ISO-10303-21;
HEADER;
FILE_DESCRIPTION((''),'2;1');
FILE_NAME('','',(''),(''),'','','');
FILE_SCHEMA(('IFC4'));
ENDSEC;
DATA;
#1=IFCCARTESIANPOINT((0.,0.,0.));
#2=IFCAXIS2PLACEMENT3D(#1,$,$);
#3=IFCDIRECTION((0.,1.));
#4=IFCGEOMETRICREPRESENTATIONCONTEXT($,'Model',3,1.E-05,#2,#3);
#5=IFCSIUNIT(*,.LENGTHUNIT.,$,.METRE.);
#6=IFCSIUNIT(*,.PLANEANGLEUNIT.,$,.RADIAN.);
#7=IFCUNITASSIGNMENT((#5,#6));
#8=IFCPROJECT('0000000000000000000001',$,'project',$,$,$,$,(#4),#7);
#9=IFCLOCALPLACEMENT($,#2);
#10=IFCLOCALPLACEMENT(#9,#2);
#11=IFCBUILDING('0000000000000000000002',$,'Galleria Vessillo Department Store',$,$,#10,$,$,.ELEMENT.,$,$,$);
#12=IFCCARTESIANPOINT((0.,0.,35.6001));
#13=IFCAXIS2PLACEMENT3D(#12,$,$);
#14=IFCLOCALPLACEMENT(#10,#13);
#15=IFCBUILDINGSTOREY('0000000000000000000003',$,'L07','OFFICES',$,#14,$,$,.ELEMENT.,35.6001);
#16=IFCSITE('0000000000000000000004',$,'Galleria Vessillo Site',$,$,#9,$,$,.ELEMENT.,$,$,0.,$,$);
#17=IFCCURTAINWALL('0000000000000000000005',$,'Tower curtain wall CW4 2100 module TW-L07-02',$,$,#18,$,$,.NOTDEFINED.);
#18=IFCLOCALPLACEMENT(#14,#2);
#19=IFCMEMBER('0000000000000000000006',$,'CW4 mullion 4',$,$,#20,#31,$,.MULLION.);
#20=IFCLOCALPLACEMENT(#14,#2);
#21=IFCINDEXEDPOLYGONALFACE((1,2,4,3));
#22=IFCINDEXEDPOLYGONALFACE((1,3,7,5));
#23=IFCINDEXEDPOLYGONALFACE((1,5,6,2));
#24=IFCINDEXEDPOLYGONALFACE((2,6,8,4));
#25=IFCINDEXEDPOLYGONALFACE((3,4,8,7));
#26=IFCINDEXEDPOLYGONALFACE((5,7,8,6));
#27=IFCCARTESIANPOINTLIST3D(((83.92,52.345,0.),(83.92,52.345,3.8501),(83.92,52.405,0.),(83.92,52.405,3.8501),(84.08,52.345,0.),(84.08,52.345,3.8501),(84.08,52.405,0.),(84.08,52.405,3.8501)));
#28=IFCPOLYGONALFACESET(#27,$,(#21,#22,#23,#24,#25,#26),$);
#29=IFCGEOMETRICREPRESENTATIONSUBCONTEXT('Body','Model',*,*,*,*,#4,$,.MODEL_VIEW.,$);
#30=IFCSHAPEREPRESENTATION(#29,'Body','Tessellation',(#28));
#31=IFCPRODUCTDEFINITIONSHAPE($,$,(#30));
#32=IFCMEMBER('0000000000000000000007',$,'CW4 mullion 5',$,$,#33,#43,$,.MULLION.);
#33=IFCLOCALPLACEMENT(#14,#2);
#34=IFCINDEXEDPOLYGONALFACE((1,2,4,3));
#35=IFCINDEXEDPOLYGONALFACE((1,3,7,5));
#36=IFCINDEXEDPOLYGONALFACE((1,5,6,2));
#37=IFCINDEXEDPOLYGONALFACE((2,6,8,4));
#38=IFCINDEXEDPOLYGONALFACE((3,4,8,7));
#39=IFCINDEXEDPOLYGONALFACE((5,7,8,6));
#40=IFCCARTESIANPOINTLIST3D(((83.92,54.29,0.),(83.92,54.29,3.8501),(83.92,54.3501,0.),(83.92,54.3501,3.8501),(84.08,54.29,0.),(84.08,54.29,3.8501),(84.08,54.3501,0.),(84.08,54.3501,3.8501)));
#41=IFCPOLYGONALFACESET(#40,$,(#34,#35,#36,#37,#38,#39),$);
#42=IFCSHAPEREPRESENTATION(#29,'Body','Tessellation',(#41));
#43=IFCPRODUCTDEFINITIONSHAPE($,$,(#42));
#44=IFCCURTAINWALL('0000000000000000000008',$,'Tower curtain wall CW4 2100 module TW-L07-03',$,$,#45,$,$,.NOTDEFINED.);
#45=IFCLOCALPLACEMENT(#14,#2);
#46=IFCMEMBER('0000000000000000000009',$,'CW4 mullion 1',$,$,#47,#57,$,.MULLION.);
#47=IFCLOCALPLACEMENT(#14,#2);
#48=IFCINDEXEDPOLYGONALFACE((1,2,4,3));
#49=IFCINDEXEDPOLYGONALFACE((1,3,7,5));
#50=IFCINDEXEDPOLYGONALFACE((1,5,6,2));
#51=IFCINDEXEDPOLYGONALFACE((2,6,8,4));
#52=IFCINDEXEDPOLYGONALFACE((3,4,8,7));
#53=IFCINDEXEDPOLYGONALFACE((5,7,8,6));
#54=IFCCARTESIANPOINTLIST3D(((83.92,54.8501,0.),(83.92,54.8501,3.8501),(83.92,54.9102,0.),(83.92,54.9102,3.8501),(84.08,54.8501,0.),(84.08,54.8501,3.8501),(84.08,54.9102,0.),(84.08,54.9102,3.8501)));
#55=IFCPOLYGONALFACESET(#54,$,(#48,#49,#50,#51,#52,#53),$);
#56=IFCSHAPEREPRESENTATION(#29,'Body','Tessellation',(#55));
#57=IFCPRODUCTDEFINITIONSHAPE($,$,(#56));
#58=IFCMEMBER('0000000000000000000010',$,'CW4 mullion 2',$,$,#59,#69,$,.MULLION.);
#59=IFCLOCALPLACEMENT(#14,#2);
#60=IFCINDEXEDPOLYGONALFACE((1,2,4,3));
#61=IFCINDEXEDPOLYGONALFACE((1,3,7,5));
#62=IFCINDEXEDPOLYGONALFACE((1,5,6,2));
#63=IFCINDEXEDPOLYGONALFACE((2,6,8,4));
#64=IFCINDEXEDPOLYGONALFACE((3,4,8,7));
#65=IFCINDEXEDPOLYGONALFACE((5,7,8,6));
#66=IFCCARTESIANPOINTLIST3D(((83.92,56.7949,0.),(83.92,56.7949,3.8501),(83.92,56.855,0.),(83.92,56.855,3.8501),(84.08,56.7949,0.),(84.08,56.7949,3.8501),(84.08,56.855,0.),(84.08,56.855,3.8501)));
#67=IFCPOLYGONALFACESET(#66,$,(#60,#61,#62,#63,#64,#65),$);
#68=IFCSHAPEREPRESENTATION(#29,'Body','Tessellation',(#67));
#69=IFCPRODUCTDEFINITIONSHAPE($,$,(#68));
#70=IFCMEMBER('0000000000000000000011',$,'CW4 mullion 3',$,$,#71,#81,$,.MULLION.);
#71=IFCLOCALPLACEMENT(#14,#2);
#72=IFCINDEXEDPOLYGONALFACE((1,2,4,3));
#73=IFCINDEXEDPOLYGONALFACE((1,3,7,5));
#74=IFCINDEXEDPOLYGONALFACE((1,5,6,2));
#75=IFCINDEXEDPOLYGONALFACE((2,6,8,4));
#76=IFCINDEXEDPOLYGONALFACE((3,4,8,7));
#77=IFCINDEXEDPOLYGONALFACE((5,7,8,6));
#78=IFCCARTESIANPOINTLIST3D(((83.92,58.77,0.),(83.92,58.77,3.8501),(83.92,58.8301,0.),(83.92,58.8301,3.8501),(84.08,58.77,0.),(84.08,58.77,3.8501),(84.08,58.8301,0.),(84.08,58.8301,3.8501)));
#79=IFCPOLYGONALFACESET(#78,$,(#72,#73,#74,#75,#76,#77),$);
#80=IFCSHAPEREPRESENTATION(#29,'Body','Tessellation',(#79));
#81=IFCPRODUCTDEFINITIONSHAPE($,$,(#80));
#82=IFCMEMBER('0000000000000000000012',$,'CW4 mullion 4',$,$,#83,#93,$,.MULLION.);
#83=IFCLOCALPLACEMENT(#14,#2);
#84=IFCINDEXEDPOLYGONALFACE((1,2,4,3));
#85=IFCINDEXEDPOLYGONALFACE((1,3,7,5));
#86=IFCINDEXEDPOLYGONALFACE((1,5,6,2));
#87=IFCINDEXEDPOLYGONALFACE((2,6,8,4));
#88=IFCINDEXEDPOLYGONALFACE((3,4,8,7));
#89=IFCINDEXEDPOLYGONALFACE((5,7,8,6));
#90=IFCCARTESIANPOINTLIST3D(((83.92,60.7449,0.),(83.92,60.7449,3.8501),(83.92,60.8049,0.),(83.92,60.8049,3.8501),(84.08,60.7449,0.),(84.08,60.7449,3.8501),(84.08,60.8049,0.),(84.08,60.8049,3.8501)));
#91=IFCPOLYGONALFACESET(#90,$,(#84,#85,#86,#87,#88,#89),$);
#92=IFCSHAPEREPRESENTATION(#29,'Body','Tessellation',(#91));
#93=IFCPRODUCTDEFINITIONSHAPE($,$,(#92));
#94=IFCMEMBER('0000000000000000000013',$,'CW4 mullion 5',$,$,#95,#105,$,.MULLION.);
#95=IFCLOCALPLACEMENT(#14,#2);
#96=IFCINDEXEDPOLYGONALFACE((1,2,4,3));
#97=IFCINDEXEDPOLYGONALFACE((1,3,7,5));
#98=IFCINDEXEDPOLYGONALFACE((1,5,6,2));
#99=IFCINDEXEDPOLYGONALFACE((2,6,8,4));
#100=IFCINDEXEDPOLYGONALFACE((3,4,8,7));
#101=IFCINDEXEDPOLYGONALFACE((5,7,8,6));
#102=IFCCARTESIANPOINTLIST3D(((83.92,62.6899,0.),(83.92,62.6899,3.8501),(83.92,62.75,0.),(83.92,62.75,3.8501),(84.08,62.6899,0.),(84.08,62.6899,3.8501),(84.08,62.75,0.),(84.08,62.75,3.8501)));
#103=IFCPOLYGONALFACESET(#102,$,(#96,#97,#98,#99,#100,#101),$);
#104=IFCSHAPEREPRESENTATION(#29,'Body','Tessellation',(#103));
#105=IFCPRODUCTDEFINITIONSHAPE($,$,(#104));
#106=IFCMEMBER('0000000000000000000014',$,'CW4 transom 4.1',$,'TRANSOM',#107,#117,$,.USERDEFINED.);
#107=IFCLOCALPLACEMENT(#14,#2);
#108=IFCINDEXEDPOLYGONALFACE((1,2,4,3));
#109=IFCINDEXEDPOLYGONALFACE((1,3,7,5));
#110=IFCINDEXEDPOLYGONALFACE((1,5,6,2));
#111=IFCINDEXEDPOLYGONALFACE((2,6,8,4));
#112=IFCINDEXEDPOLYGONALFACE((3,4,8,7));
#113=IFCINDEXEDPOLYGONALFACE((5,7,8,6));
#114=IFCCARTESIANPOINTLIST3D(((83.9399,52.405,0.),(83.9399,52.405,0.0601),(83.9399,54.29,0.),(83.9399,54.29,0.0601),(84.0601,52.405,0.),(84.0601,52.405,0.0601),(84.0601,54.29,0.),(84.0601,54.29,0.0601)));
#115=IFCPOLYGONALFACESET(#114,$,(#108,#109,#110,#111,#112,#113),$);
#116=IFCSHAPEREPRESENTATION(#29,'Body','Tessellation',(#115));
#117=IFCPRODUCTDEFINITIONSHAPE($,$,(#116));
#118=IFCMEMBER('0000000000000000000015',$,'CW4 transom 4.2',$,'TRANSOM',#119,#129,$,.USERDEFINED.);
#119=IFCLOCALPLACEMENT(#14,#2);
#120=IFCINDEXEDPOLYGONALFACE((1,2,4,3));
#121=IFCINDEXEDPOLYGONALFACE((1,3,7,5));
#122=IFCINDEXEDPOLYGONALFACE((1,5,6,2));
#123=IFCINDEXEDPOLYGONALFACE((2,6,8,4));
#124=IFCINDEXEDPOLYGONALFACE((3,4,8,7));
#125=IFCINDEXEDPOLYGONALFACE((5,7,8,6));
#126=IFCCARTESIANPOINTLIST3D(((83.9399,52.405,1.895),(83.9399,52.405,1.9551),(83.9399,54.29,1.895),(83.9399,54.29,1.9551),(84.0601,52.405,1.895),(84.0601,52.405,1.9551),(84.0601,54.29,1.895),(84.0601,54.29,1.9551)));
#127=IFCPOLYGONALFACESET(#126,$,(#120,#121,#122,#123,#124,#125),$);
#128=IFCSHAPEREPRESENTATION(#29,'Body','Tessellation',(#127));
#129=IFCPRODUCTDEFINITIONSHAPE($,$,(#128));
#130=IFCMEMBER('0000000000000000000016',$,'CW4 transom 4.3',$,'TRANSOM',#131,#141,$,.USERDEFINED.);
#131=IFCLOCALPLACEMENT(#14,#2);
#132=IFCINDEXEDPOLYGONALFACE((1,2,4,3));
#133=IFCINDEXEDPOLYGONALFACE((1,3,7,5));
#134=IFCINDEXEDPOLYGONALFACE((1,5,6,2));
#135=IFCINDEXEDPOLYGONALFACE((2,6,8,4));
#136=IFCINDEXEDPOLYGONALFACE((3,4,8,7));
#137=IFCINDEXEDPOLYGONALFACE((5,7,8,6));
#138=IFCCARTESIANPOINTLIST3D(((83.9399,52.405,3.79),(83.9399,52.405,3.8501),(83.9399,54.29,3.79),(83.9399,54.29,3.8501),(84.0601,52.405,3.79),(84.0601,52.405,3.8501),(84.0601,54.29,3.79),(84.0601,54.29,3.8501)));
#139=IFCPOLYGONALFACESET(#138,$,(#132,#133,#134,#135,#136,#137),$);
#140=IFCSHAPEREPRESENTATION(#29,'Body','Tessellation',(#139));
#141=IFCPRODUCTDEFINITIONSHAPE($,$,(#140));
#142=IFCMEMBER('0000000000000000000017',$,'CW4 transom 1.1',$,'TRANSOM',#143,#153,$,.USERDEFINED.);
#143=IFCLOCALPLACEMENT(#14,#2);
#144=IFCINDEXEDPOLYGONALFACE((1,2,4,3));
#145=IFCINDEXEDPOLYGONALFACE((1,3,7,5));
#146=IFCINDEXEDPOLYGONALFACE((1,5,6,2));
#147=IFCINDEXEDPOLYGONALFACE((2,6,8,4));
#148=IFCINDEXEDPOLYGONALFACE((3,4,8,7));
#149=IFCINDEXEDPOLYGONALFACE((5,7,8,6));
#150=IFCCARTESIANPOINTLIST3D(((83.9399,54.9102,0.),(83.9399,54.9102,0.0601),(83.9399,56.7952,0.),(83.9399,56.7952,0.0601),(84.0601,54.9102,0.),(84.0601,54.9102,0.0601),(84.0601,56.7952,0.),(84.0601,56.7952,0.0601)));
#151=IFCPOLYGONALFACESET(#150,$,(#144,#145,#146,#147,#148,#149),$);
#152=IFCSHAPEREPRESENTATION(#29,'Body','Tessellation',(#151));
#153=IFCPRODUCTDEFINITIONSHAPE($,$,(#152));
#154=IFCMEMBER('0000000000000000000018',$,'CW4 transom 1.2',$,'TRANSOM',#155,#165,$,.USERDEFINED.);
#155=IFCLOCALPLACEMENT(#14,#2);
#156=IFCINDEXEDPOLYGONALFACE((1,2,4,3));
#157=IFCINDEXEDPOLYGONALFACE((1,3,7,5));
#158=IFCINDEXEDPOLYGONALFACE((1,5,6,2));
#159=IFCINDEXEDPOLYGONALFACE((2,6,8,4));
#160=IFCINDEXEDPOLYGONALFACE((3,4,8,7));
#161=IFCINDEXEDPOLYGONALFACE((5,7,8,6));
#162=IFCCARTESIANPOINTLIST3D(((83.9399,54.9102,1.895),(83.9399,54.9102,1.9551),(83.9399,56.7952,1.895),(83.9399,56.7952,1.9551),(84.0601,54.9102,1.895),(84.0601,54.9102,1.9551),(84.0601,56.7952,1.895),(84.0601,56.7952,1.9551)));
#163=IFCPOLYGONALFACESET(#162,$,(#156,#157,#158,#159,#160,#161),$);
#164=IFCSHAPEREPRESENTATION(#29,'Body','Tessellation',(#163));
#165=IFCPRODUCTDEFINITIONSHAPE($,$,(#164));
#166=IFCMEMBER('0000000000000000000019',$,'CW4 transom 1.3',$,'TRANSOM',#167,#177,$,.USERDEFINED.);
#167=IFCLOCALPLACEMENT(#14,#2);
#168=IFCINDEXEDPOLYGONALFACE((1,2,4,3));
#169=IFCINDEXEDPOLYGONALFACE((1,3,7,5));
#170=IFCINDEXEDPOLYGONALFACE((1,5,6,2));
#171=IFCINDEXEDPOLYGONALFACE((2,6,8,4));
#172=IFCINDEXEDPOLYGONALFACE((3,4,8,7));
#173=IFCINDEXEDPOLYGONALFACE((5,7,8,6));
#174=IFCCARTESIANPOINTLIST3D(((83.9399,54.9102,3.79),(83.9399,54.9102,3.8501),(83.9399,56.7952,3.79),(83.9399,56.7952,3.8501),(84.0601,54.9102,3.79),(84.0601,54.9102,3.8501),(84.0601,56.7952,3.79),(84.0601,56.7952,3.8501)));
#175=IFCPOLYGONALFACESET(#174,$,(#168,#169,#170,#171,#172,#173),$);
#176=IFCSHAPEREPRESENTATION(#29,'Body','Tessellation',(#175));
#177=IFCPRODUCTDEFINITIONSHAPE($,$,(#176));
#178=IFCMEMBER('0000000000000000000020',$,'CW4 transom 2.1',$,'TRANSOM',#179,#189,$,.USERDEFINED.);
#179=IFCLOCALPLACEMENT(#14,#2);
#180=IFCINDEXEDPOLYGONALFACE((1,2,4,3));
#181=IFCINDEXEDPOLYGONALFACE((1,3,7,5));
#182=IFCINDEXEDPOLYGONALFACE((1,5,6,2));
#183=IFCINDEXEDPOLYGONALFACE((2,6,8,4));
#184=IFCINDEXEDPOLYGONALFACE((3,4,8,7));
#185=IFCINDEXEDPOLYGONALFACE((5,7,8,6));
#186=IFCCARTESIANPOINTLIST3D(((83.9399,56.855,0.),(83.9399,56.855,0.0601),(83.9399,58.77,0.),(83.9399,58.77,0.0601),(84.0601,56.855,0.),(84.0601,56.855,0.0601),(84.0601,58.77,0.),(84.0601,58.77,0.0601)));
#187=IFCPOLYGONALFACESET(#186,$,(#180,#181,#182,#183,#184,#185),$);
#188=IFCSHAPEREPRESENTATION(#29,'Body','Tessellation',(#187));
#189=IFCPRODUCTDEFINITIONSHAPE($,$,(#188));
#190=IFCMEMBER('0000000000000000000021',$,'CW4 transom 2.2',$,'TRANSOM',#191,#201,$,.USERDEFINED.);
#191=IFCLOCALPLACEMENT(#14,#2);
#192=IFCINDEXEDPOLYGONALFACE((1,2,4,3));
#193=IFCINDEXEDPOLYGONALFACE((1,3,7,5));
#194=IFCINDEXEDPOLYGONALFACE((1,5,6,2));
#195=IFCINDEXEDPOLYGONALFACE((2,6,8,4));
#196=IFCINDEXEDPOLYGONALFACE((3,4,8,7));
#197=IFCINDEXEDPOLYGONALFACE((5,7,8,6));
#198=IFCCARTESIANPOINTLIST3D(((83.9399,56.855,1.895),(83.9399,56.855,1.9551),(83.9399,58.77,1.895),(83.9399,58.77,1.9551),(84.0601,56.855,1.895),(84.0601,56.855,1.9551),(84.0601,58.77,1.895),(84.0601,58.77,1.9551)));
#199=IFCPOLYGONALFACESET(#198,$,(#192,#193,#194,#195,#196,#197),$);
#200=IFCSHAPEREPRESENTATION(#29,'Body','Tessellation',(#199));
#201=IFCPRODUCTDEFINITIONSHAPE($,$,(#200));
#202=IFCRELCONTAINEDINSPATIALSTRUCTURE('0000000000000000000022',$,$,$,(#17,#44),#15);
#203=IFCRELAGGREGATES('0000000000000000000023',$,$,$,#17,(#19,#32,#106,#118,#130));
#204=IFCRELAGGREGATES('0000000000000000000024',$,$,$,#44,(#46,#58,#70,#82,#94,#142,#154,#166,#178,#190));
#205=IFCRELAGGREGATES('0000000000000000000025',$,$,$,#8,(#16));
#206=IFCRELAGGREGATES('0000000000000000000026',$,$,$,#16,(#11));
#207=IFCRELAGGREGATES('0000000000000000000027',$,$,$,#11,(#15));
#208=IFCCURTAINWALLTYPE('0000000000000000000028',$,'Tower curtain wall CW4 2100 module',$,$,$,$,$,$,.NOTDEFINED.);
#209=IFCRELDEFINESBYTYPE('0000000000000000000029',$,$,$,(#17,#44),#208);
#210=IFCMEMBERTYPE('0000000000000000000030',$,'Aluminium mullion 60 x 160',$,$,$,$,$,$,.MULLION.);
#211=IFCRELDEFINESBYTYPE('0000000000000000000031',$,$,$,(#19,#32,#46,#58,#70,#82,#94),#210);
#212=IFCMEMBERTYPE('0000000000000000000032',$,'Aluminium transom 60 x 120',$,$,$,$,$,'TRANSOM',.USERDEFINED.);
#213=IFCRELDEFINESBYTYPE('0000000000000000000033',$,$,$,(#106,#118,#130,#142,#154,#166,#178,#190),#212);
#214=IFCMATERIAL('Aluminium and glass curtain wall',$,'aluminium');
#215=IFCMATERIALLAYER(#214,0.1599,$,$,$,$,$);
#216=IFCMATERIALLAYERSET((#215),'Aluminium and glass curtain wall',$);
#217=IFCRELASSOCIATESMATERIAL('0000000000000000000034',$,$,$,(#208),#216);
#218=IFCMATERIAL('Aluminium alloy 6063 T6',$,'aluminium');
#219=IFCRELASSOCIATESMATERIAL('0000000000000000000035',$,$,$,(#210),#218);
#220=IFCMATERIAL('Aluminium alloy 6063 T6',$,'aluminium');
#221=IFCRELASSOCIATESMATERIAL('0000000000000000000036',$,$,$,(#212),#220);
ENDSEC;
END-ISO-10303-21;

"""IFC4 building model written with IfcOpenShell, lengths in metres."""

from ifc_helpers import new_model, si_unit, direction, frame, origin, origin_2d, place, context, subcontext, project, spatial, rectangle, extrude, material, layer, layer_set, material_profile, profile_set, type_object, element, aggregate, save


model = new_model("IFC4")

# Units and contexts
model_context = context("Model", 3, precision=1e-05, world=origin(), true_north=direction((0.0, 1.0)))
body_context = subcontext(model_context, "Body", "Model", "MODEL_VIEW")
ifc_project = project(units=[si_unit("LENGTHUNIT", "METRE"), si_unit("PLANEANGLEUNIT", "RADIAN")], contexts=[model_context])

# Site, building, storey
site_placement = place(None, origin())
site = spatial("IfcSite", under=ifc_project, at=site_placement, Name="Galleria Vessillo Site", CompositionType="ELEMENT", RefElevation=0.0)
building_placement = place(site_placement, origin())
building = spatial("IfcBuilding", under=site, at=building_placement, Name="Galleria Vessillo Department Store", CompositionType="ELEMENT")
storey_placement = place(building_placement, frame((0.0, 0.0, 35.6001)))
storey = spatial("IfcBuildingStorey", under=building, at=storey_placement, Name="L07", Description="OFFICES", CompositionType="ELEMENT", Elevation=35.6001)

# Curtain walls, members
ifc_material_1 = material(Name="Aluminium and glass curtain wall", Category="aluminium")
ifc_layer_1 = layer(ifc_material_1, 0.1599)
ifc_layer_set_1 = layer_set([ifc_layer_1], Name="Aluminium and glass curtain wall")
curtain_wall_type = type_object("IfcCurtainWallType", Name="Tower curtain wall CW4 2100 module", PredefinedType="NOTDEFINED", material=ifc_layer_set_1)
curtain_wall_1_placement = place(storey_placement, origin())
curtain_wall_1 = element("IfcCurtainWall", 1, at=curtain_wall_1_placement, inside=storey, type_object=curtain_wall_type, Name="Tower curtain wall CW4 2100 module TW-L07-02", PredefinedType="NOTDEFINED")
ifc_material_2 = material(Name="Aluminium alloy 6063 T6", Category="aluminium")
ifc_material_profile_1 = material_profile(ifc_material_2, rectangle(XDim=0.1599, YDim=0.0601, at=origin_2d()), Name="AL 60x160")
ifc_profile_set_1 = profile_set([ifc_material_profile_1], Name="Aluminium alloy 6063 T6")
member_type_1 = type_object("IfcMemberType", Name="Aluminium mullion 60 x 160", PredefinedType="MULLION", material=ifc_profile_set_1)
member_1_placement = place(storey_placement, frame((84.0, 52.375, 0.0), z_axis=(0.0, 0.0, 1.0), x_axis=(-1.0, 0.0, 0.0)))
member_1 = element("IfcMember", 2, at=member_1_placement, type_object=member_type_1, Name="CW4 mullion 4", PredefinedType="MULLION", context=body_context, shape_type="SweptSolid", body=[
    extrude(rectangle(XDim=0.1599, YDim=0.0601, at=origin_2d()), origin(), (0.0, 0.0, 1.0), 3.8501),
])
member_2_placement = place(storey_placement, frame((84.0, 54.3201, 0.0), z_axis=(0.0, 0.0, 1.0), x_axis=(-1.0, 0.0, 0.0)))
member_2 = element("IfcMember", 3, at=member_2_placement, type_object=member_type_1, Name="CW4 mullion 5", PredefinedType="MULLION", context=body_context, shape_type="SweptSolid", body=[
    extrude(rectangle(XDim=0.1599, YDim=0.0601, at=origin_2d()), origin(), (0.0, 0.0, 1.0), 3.8501),
])
curtain_wall_2_placement = place(storey_placement, origin())
curtain_wall_2 = element("IfcCurtainWall", 4, at=curtain_wall_2_placement, inside=storey, type_object=curtain_wall_type, Name="Tower curtain wall CW4 2100 module TW-L07-03", PredefinedType="NOTDEFINED")
member_3_placement = place(storey_placement, frame((84.0, 54.8801, 0.0), z_axis=(0.0, 0.0, 1.0), x_axis=(-1.0, 0.0, 0.0)))
member_3 = element("IfcMember", 5, at=member_3_placement, type_object=member_type_1, Name="CW4 mullion 1", PredefinedType="MULLION", context=body_context, shape_type="SweptSolid", body=[
    extrude(rectangle(XDim=0.1599, YDim=0.0601, at=origin_2d()), origin(), (0.0, 0.0, 1.0), 3.8501),
])
member_4_placement = place(storey_placement, frame((84.0, 56.825, 0.0), z_axis=(0.0, 0.0, 1.0), x_axis=(-1.0, 0.0, 0.0)))
member_4 = element("IfcMember", 6, at=member_4_placement, type_object=member_type_1, Name="CW4 mullion 2", PredefinedType="MULLION", context=body_context, shape_type="SweptSolid", body=[
    extrude(rectangle(XDim=0.1599, YDim=0.0601, at=origin_2d()), origin(), (0.0, 0.0, 1.0), 3.8501),
])
member_5_placement = place(storey_placement, frame((84.0, 58.8, 0.0), z_axis=(0.0, 0.0, 1.0), x_axis=(-1.0, 0.0, 0.0)))
member_5 = element("IfcMember", 7, at=member_5_placement, type_object=member_type_1, Name="CW4 mullion 3", PredefinedType="MULLION", context=body_context, shape_type="SweptSolid", body=[
    extrude(rectangle(XDim=0.1599, YDim=0.0601, at=origin_2d()), origin(), (0.0, 0.0, 1.0), 3.8501),
])
member_6_placement = place(storey_placement, frame((84.0, 60.7749, 0.0), z_axis=(0.0, 0.0, 1.0), x_axis=(-1.0, 0.0, 0.0)))
member_6 = element("IfcMember", 8, at=member_6_placement, type_object=member_type_1, Name="CW4 mullion 4", PredefinedType="MULLION", context=body_context, shape_type="SweptSolid", body=[
    extrude(rectangle(XDim=0.1599, YDim=0.0601, at=origin_2d()), origin(), (0.0, 0.0, 1.0), 3.8501),
])
member_7_placement = place(storey_placement, frame((84.0, 62.72, 0.0), z_axis=(0.0, 0.0, 1.0), x_axis=(-1.0, 0.0, 0.0)))
member_7 = element("IfcMember", 9, at=member_7_placement, type_object=member_type_1, Name="CW4 mullion 5", PredefinedType="MULLION", context=body_context, shape_type="SweptSolid", body=[
    extrude(rectangle(XDim=0.1599, YDim=0.0601, at=origin_2d()), origin(), (0.0, 0.0, 1.0), 3.8501),
])

# Members
ifc_material_3 = material(Name="Aluminium alloy 6063 T6", Category="aluminium")
ifc_material_profile_2 = material_profile(ifc_material_3, rectangle(XDim=0.1201, YDim=0.0601, at=origin_2d()), Name="AL 60x120")
ifc_profile_set_2 = profile_set([ifc_material_profile_2], Name="Aluminium alloy 6063 T6")
member_type_2 = type_object("IfcMemberType", Name="Aluminium transom 60 x 120", ElementType="TRANSOM", PredefinedType="USERDEFINED", material=ifc_profile_set_2)
member_8_placement = place(storey_placement, frame((84.0, 52.405, 0.03), z_axis=(0.0, 1.0, 0.0), x_axis=(-1.0, 0.0, 0.0)))
member_8 = element("IfcMember", 10, at=member_8_placement, type_object=member_type_2, Name="CW4 transom 4.1", ObjectType="TRANSOM", PredefinedType="USERDEFINED", context=body_context, shape_type="SweptSolid", body=[
    extrude(rectangle(XDim=0.1201, YDim=0.0601, at=origin_2d()), origin(), (0.0, 0.0, 1.0), 1.885),
])
member_9_placement = place(storey_placement, frame((84.0, 52.405, 1.925), z_axis=(0.0, 1.0, 0.0), x_axis=(-1.0, 0.0, 0.0)))
member_9 = element("IfcMember", 11, at=member_9_placement, type_object=member_type_2, Name="CW4 transom 4.2", ObjectType="TRANSOM", PredefinedType="USERDEFINED", context=body_context, shape_type="SweptSolid", body=[
    extrude(rectangle(XDim=0.1201, YDim=0.0601, at=origin_2d()), origin(), (0.0, 0.0, 1.0), 1.885),
])
member_10_placement = place(storey_placement, frame((84.0, 52.405, 3.8201), z_axis=(0.0, 1.0, 0.0), x_axis=(-1.0, 0.0, 0.0)))
member_10 = element("IfcMember", 12, at=member_10_placement, type_object=member_type_2, Name="CW4 transom 4.3", ObjectType="TRANSOM", PredefinedType="USERDEFINED", context=body_context, shape_type="SweptSolid", body=[
    extrude(rectangle(XDim=0.1201, YDim=0.0601, at=origin_2d()), origin(), (0.0, 0.0, 1.0), 1.885),
])
member_11_placement = place(storey_placement, frame((84.0, 54.9102, 0.03), z_axis=(0.0, 1.0, 0.0), x_axis=(-1.0, 0.0, 0.0)))
member_11 = element("IfcMember", 13, at=member_11_placement, type_object=member_type_2, Name="CW4 transom 1.1", ObjectType="TRANSOM", PredefinedType="USERDEFINED", context=body_context, shape_type="SweptSolid", body=[
    extrude(rectangle(XDim=0.1201, YDim=0.0601, at=origin_2d()), origin(), (0.0, 0.0, 1.0), 1.885),
])
member_12_placement = place(storey_placement, frame((84.0, 54.9102, 1.925), z_axis=(0.0, 1.0, 0.0), x_axis=(-1.0, 0.0, 0.0)))
member_12 = element("IfcMember", 14, at=member_12_placement, type_object=member_type_2, Name="CW4 transom 1.2", ObjectType="TRANSOM", PredefinedType="USERDEFINED", context=body_context, shape_type="SweptSolid", body=[
    extrude(rectangle(XDim=0.1201, YDim=0.0601, at=origin_2d()), origin(), (0.0, 0.0, 1.0), 1.885),
])
member_13_placement = place(storey_placement, frame((84.0, 54.9102, 3.8201), z_axis=(0.0, 1.0, 0.0), x_axis=(-1.0, 0.0, 0.0)))
member_13 = element("IfcMember", 15, at=member_13_placement, type_object=member_type_2, Name="CW4 transom 1.3", ObjectType="TRANSOM", PredefinedType="USERDEFINED", context=body_context, shape_type="SweptSolid", body=[
    extrude(rectangle(XDim=0.1201, YDim=0.0601, at=origin_2d()), origin(), (0.0, 0.0, 1.0), 1.885),
])
member_14_placement = place(storey_placement, frame((84.0, 56.855, 0.03), z_axis=(0.0, 1.0, 0.0), x_axis=(-1.0, 0.0, 0.0)))
member_14 = element("IfcMember", 16, at=member_14_placement, type_object=member_type_2, Name="CW4 transom 2.1", ObjectType="TRANSOM", PredefinedType="USERDEFINED", context=body_context, shape_type="SweptSolid", body=[
    extrude(rectangle(XDim=0.1201, YDim=0.0601, at=origin_2d()), origin(), (0.0, 0.0, 1.0), 1.915),
])
member_15_placement = place(storey_placement, frame((84.0, 56.855, 1.925), z_axis=(0.0, 1.0, 0.0), x_axis=(-1.0, 0.0, 0.0)))
member_15 = element("IfcMember", 17, at=member_15_placement, type_object=member_type_2, Name="CW4 transom 2.2", ObjectType="TRANSOM", PredefinedType="USERDEFINED", context=body_context, shape_type="SweptSolid", body=[
    extrude(rectangle(XDim=0.1201, YDim=0.0601, at=origin_2d()), origin(), (0.0, 0.0, 1.0), 1.915),
])

aggregate(curtain_wall_1, [member_1, member_2, member_8, member_9, member_10])
aggregate(curtain_wall_2, [member_3, member_4, member_5, member_6, member_7, member_11, member_12, member_13, member_14, member_15])

save(model, "model.ifc")
